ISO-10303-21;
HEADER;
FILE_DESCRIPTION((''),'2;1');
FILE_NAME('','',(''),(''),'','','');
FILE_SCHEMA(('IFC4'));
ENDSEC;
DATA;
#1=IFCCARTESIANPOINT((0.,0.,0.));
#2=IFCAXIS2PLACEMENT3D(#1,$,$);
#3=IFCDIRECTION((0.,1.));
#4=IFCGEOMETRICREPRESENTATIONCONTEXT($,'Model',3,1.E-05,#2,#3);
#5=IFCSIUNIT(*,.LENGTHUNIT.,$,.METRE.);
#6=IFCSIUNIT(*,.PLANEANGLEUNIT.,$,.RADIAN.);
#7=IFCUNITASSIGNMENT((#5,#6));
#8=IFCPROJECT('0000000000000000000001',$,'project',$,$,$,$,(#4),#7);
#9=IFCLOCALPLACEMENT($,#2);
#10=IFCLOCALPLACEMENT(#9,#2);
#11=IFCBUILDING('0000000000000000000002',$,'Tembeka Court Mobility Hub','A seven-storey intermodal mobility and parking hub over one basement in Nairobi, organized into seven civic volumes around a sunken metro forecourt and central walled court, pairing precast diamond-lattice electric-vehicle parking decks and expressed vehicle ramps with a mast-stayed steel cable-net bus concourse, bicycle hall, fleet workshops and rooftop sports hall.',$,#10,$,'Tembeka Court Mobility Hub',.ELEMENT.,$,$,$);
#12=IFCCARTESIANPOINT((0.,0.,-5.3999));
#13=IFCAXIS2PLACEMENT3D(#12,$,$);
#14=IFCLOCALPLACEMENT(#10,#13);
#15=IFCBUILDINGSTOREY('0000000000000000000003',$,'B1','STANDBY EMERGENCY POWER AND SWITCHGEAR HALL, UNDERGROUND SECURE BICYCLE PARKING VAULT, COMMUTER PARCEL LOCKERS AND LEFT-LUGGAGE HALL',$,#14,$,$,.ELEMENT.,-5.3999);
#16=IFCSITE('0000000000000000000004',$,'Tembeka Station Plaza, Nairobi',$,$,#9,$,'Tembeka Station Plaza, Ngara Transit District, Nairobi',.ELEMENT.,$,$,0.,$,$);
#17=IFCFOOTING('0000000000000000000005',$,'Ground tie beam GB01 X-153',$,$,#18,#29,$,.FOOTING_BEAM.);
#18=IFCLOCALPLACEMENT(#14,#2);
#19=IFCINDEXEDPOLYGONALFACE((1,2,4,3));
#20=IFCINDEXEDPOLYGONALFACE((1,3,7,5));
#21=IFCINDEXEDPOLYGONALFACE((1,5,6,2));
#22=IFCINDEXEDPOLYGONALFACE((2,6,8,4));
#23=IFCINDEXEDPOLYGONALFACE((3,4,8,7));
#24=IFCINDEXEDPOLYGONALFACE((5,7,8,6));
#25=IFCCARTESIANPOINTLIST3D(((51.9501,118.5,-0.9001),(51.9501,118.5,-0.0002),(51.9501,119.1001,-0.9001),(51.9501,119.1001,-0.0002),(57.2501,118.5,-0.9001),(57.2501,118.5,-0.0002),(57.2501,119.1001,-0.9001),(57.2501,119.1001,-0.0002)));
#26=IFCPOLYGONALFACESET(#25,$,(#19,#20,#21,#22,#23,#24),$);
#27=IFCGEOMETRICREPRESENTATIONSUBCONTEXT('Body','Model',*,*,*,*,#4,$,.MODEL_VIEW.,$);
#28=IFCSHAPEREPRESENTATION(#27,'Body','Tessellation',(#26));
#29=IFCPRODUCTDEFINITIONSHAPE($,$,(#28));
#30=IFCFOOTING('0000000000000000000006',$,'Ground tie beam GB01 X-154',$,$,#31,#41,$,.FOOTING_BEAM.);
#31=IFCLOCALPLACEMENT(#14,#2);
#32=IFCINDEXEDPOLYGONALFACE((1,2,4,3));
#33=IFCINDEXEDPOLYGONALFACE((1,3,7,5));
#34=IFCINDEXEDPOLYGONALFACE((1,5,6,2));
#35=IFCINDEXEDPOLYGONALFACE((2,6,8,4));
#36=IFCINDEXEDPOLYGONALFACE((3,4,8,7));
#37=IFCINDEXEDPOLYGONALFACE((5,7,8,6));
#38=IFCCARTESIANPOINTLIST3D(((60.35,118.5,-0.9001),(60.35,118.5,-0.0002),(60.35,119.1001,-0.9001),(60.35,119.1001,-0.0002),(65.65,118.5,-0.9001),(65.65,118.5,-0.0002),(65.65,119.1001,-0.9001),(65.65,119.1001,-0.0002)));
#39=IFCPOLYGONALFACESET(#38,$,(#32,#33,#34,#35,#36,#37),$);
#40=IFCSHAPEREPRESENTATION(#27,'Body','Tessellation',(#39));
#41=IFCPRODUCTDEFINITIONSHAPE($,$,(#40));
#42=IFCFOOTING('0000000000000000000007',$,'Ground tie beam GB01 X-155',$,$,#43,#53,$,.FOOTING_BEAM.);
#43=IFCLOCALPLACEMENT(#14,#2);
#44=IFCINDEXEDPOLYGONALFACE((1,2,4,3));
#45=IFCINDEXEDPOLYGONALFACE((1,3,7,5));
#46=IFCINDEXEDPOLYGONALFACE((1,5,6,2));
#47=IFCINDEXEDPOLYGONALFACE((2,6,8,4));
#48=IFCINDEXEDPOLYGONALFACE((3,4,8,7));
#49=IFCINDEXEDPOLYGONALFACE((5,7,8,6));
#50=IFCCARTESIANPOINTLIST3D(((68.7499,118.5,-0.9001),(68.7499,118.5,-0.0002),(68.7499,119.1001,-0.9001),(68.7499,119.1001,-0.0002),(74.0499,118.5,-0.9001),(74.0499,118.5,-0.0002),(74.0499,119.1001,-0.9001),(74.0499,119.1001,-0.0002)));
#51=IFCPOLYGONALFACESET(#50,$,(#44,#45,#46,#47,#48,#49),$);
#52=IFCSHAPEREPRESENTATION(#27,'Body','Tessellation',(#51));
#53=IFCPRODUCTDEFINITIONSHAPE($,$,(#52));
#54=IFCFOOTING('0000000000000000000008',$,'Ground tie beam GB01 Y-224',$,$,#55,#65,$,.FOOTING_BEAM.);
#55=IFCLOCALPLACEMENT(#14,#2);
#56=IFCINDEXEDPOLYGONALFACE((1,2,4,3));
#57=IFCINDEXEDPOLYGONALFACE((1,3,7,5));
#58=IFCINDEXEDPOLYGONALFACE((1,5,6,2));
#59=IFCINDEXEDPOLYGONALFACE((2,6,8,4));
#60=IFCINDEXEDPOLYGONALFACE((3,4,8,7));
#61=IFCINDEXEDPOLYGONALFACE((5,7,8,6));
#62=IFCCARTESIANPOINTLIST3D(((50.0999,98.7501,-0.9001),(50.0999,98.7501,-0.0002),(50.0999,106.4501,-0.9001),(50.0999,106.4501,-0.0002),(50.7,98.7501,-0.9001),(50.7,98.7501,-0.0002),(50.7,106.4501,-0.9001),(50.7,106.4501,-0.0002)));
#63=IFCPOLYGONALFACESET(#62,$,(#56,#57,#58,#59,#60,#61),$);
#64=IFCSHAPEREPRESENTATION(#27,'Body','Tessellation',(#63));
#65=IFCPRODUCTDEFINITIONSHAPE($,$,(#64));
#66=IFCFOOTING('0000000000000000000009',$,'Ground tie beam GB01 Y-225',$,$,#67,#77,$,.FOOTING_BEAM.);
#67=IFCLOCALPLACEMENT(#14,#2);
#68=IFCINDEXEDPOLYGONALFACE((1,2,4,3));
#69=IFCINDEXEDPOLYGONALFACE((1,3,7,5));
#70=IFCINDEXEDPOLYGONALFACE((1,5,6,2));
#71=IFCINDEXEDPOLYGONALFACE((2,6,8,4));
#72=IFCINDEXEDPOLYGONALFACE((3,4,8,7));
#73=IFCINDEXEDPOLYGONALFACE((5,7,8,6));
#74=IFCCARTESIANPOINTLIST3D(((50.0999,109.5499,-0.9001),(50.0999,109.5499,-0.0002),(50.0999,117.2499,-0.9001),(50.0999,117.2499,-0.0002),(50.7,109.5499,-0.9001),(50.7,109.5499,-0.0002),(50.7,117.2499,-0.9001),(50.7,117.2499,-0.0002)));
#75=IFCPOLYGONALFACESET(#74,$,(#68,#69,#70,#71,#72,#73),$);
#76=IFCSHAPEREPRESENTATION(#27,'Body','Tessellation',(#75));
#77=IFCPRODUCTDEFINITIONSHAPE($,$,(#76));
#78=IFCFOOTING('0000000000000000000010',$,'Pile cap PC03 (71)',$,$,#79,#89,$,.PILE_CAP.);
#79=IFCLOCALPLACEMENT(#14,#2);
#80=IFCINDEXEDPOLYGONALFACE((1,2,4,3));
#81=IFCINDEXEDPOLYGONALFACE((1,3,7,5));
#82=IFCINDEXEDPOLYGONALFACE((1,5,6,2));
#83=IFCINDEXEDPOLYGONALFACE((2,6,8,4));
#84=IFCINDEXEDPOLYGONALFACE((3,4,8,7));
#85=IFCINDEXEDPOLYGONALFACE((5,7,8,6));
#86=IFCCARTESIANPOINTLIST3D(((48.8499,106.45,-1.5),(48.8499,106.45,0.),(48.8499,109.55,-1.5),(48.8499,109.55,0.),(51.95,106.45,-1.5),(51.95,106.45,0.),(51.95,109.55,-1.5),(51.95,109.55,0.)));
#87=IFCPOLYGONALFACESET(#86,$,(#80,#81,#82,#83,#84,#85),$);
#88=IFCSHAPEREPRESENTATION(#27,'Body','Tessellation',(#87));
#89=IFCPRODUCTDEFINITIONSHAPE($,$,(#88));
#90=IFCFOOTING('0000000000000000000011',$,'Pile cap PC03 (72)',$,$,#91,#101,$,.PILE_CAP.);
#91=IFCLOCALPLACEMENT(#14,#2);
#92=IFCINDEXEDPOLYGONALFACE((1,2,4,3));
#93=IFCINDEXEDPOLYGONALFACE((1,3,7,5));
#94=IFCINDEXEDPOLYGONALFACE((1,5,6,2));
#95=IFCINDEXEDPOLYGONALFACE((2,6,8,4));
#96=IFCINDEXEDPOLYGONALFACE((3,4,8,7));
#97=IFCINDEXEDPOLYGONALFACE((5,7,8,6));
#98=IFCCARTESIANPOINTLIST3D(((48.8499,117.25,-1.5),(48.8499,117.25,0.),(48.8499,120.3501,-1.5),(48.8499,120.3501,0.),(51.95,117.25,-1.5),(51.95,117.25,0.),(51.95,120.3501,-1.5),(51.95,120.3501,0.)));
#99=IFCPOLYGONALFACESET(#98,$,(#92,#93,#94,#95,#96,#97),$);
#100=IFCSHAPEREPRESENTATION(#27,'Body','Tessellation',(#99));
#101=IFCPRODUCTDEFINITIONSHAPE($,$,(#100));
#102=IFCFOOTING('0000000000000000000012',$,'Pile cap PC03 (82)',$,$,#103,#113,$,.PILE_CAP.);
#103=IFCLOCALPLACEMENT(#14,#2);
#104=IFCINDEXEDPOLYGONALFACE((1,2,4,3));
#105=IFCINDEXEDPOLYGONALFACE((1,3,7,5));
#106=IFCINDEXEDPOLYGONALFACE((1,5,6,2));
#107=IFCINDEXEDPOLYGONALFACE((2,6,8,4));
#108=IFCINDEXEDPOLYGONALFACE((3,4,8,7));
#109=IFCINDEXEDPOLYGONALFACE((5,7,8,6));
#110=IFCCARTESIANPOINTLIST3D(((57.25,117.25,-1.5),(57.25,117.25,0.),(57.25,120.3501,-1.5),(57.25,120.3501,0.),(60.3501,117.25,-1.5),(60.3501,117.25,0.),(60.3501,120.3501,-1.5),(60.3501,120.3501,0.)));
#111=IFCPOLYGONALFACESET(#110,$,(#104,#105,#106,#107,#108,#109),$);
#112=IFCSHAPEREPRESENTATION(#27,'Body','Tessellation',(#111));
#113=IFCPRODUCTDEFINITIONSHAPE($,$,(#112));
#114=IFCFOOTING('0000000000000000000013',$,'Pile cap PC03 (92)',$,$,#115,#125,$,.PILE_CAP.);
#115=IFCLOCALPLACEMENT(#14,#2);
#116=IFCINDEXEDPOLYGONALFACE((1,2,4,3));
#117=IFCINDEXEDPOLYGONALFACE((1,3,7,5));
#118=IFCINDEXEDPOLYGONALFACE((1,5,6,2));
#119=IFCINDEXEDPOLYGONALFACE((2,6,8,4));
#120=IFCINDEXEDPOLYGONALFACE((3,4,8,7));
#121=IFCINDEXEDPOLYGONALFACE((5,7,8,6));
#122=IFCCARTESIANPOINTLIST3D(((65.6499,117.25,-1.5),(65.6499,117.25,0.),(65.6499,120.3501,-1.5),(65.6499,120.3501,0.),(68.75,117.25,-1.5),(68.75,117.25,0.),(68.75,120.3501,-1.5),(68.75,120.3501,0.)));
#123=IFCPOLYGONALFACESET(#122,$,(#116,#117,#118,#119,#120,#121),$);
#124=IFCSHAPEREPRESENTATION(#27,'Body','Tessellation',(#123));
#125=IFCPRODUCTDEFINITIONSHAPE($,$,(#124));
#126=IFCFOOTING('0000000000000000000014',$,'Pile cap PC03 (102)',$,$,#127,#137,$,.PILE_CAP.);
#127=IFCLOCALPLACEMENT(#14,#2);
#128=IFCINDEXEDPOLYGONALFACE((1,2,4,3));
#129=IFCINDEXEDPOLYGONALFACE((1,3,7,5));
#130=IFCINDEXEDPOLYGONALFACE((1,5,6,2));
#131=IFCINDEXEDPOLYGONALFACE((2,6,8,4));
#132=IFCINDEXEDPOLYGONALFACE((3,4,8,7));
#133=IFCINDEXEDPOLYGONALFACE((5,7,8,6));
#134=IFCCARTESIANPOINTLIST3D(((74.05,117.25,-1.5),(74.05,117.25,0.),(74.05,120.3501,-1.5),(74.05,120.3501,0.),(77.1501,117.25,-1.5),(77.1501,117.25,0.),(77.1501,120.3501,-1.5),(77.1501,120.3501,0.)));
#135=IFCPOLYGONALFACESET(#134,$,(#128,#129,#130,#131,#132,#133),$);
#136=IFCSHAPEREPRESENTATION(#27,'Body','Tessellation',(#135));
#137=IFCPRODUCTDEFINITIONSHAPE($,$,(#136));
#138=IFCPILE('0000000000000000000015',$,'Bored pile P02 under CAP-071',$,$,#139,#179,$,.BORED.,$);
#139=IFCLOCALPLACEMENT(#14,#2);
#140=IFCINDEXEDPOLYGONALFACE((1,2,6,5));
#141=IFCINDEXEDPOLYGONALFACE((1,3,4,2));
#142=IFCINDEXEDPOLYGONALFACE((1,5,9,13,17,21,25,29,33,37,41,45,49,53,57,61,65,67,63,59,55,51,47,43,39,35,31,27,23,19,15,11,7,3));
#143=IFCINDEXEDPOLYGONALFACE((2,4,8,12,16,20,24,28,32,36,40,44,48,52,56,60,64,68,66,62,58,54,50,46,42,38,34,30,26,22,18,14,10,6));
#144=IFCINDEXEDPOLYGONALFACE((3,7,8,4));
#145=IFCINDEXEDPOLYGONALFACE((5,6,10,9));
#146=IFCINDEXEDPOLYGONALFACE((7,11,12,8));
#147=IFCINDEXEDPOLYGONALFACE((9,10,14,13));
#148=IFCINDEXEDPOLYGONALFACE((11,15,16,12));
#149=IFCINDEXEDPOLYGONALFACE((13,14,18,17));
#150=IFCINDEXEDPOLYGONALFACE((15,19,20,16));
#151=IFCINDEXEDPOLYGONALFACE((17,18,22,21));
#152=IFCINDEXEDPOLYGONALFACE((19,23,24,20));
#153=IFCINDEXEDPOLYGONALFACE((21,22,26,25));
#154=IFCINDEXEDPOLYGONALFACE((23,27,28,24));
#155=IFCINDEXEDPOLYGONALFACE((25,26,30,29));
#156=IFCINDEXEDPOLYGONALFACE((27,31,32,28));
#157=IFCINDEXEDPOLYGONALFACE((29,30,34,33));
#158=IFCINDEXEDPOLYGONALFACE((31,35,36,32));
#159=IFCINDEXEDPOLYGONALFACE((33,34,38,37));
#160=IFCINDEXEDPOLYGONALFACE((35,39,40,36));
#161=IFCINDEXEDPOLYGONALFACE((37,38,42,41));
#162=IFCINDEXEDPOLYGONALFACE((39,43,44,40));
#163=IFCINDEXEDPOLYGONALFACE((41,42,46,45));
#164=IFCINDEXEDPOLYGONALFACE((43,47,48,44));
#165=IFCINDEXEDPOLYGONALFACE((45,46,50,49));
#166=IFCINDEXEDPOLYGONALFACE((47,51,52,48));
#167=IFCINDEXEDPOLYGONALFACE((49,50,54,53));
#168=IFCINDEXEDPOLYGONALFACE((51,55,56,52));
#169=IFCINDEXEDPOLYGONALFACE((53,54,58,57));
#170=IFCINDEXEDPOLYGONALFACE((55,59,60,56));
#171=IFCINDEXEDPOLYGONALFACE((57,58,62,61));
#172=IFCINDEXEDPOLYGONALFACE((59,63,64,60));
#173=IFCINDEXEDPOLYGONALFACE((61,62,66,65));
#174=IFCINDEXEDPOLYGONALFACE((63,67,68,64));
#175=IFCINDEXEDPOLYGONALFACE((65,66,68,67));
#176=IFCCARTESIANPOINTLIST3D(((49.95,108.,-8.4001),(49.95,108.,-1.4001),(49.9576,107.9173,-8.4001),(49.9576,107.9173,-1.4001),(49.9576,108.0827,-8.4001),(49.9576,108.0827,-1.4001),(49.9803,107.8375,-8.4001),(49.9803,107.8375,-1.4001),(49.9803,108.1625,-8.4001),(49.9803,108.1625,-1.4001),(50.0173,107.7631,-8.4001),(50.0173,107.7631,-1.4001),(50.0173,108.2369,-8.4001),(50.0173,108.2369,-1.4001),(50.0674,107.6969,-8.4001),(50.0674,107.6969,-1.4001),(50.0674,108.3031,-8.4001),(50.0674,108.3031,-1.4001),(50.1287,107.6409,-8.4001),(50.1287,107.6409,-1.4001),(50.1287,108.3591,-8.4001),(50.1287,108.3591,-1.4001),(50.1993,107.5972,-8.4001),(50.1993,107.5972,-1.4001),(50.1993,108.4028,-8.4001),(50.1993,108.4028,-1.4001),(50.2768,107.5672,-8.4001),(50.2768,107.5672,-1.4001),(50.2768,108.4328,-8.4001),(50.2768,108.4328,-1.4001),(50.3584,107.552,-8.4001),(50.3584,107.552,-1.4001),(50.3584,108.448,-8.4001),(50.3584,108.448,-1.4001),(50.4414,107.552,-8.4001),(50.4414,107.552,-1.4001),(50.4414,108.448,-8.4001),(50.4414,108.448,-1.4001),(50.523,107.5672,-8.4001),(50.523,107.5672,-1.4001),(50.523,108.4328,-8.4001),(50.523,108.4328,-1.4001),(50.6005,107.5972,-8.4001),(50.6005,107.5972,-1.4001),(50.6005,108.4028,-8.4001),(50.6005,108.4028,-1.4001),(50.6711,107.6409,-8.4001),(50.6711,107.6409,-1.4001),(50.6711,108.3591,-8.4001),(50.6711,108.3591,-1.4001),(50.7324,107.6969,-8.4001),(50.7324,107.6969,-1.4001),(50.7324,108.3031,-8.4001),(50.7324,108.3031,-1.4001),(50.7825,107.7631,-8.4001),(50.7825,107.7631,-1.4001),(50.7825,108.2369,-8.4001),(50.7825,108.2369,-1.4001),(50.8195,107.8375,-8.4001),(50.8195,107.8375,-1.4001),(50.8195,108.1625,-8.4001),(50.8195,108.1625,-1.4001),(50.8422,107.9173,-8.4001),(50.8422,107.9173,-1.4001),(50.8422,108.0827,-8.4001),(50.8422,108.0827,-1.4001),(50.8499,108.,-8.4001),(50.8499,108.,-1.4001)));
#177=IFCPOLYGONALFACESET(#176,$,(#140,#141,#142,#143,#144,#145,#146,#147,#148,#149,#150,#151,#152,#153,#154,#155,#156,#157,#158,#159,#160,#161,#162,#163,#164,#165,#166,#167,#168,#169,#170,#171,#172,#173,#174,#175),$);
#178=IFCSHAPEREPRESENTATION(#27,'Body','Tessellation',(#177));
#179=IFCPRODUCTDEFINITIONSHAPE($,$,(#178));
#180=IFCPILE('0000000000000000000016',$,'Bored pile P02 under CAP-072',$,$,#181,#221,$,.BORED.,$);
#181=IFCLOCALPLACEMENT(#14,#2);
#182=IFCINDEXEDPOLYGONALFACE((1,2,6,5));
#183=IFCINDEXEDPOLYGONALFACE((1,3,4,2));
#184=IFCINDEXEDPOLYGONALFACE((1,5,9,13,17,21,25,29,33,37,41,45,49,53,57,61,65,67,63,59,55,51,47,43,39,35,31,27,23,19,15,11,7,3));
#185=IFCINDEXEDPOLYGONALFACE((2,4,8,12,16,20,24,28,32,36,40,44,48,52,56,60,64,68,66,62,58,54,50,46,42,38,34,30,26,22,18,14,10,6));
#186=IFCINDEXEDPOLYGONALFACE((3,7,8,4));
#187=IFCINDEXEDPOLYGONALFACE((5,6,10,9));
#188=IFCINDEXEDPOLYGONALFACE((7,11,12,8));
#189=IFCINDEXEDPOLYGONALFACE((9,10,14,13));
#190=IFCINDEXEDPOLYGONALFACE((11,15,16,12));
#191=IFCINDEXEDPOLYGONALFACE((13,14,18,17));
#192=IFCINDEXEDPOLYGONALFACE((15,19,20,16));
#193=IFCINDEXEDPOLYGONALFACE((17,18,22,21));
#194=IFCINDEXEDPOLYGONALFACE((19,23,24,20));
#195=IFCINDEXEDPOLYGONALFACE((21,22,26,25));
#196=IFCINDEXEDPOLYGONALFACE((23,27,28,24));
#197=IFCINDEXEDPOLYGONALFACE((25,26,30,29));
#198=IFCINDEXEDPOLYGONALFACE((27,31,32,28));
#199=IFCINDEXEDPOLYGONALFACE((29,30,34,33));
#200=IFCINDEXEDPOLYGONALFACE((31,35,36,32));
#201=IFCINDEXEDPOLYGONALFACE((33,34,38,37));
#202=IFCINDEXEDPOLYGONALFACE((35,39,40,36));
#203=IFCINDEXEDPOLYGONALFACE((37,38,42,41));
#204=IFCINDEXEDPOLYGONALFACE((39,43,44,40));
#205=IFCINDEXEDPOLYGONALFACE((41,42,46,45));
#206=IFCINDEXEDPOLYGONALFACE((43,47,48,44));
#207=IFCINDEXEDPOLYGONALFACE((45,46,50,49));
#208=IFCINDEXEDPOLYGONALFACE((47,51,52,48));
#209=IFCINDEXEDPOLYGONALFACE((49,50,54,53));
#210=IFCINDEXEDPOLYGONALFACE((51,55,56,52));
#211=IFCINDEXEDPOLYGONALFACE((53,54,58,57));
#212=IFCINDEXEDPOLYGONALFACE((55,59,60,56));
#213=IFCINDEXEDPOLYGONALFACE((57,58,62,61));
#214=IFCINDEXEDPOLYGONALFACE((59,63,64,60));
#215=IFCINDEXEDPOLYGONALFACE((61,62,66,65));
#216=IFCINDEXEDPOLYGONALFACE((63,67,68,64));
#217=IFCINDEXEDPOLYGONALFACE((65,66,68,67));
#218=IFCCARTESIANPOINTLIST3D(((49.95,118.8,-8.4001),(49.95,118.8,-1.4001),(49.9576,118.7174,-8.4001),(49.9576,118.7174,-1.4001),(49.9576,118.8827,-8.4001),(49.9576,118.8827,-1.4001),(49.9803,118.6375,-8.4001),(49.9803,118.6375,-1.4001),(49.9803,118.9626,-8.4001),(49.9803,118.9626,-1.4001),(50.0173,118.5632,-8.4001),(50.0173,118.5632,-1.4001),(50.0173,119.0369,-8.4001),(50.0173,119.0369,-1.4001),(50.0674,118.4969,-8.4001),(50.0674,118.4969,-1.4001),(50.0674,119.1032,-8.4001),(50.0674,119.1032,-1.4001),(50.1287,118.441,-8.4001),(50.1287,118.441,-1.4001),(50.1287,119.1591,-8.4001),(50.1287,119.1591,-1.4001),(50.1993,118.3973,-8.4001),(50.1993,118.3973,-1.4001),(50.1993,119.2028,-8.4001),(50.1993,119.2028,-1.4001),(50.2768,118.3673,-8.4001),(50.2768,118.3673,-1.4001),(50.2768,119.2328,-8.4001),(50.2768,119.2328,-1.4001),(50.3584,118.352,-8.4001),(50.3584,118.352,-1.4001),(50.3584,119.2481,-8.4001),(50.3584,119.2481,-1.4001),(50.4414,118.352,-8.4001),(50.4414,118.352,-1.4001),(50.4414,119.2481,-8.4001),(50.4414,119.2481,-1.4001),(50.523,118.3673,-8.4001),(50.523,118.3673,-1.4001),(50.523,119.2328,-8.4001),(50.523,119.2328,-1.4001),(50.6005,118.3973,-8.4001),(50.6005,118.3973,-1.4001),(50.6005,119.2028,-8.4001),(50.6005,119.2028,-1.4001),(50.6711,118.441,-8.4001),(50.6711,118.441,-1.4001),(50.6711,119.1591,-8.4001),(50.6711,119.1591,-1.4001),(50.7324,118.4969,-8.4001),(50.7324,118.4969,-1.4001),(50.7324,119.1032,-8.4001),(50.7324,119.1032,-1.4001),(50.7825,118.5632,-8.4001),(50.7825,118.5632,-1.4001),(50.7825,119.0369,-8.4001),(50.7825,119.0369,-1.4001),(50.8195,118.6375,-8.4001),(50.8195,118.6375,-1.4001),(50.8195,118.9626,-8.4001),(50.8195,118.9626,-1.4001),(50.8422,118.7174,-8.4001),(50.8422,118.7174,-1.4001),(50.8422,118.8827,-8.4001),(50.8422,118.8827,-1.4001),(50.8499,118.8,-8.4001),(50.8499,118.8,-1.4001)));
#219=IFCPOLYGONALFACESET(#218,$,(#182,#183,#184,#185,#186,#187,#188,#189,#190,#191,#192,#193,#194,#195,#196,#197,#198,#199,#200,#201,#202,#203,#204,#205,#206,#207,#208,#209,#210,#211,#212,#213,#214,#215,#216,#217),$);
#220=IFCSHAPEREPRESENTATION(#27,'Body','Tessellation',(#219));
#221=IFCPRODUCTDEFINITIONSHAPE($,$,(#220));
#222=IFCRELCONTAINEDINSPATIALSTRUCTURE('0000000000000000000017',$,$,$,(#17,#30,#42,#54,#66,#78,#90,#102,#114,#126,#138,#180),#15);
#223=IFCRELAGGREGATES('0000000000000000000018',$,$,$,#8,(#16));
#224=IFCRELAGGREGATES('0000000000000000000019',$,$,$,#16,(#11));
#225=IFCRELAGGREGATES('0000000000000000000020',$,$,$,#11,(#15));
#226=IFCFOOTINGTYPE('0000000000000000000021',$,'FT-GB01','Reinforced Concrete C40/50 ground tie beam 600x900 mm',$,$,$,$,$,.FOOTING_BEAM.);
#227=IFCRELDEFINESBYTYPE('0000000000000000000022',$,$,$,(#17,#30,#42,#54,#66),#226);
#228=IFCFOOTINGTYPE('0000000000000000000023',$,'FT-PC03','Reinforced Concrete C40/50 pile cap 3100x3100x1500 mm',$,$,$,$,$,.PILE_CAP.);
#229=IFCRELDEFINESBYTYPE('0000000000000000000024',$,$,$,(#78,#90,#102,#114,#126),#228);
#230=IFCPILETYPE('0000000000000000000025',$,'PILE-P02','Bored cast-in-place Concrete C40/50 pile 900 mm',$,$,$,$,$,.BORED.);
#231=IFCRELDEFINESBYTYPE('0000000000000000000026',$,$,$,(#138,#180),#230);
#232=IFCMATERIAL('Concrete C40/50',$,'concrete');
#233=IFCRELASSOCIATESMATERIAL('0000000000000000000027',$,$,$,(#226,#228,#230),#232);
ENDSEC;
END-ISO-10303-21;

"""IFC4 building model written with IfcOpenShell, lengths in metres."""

from ifc_helpers import new_model, si_unit, direction, frame, origin, origin_2d, place, context, subcontext, project, spatial, rectangle, circle, extrude, material, material_profile, profile_set, type_object, element, save


model = new_model("IFC4")

# Units and contexts
model_context = context("Model", 3, precision=1e-05, world=origin(), true_north=direction((0.0, 1.0)))
body_context = subcontext(model_context, "Body", "Model", "MODEL_VIEW")
ifc_project = project(units=[si_unit("LENGTHUNIT", "METRE"), si_unit("PLANEANGLEUNIT", "RADIAN")], contexts=[model_context])

# Site, building, storey
site_placement = place(None, origin())
site = spatial("IfcSite", under=ifc_project, at=site_placement, Name="Tembeka Station Plaza, Nairobi", LongName="Tembeka Station Plaza, Ngara Transit District, Nairobi", CompositionType="ELEMENT", RefElevation=0.0)
building_placement = place(site_placement, origin())
building = spatial("IfcBuilding", under=site, at=building_placement, Name="Tembeka Court Mobility Hub", Description="A seven-storey intermodal mobility and parking hub over one basement in Nairobi, organized into seven civic volumes around a sunken metro forecourt and central walled court, pairing precast diamond-lattice electric-vehicle parking decks and expressed vehicle ramps with a mast-stayed steel cable-net bus concourse, bicycle hall, fleet workshops and rooftop sports hall.", LongName="Tembeka Court Mobility Hub", CompositionType="ELEMENT")
storey_placement = place(building_placement, frame((0.0, 0.0, -5.3999)))
storey = spatial("IfcBuildingStorey", under=building, at=storey_placement, Name="B1", Description="STANDBY EMERGENCY POWER AND SWITCHGEAR HALL, UNDERGROUND SECURE BICYCLE PARKING VAULT, COMMUTER PARCEL LOCKERS AND LEFT-LUGGAGE HALL", CompositionType="ELEMENT", Elevation=-5.3999)

# Footings
ifc_material_1 = material(Name="Concrete C40/50", Category="concrete")
footing_type_1 = type_object("IfcFootingType", Name="FT-GB01", Description="Reinforced Concrete C40/50 ground tie beam 600x900 mm", PredefinedType="FOOTING_BEAM", material=ifc_material_1)
for number, where, z_axis, x_axis, name in (
    (1, (54.6001, 118.8, -0.9001), (0.0, 0.0, 1.0), (1.0, 0.0, 0.0), "Ground tie beam GB01 X-153"),
    (2, (63.0, 118.8, -0.9001), (0.0, 0.0, 1.0), (1.0, 0.0, 0.0), "Ground tie beam GB01 X-154"),
    (3, (71.3999, 118.8, -0.9001), (0.0, 0.0, 1.0), (1.0, 0.0, 0.0), "Ground tie beam GB01 X-155"),
):
    element("IfcFooting", number, at=place(storey_placement, frame(where, z_axis=z_axis, x_axis=x_axis)), inside=storey, type_object=footing_type_1, Name=name, PredefinedType="FOOTING_BEAM", context=body_context, shape_type="SweptSolid", body=[
        extrude(rectangle(XDim=5.3, YDim=0.6001, at=origin_2d()), origin(), (0.0, 0.0, 1.0), 0.8999),
    ])
for number, where, z_axis, x_axis, name in (
    (4, (50.3999, 102.6001, -0.9001), (0.0, 0.0, 1.0), (0.0, 1.0, 0.0), "Ground tie beam GB01 Y-224"),
    (5, (50.3999, 113.3999, -0.9001), (0.0, 0.0, 1.0), (0.0, 1.0, 0.0), "Ground tie beam GB01 Y-225"),
):
    element("IfcFooting", number, at=place(storey_placement, frame(where, z_axis=z_axis, x_axis=x_axis)), inside=storey, type_object=footing_type_1, Name=name, PredefinedType="FOOTING_BEAM", context=body_context, shape_type="SweptSolid", body=[
        extrude(rectangle(XDim=7.7, YDim=0.6001, at=origin_2d()), origin(), (0.0, 0.0, 1.0), 0.8999),
    ])
footing_type_2 = type_object("IfcFootingType", Name="FT-PC03", Description="Reinforced Concrete C40/50 pile cap 3100x3100x1500 mm", PredefinedType="PILE_CAP", material=ifc_material_1)
for number, where, z_axis, x_axis, name in (
    (6, (50.3999, 108.0, -1.5), (0.0, 0.0, 1.0), (1.0, 0.0, 0.0), "Pile cap PC03 (71)"),
    (7, (50.3999, 118.8, -1.5), (0.0, 0.0, 1.0), (1.0, 0.0, 0.0), "Pile cap PC03 (72)"),
    (8, (58.8, 118.8, -1.5), (0.0, 0.0, 1.0), (1.0, 0.0, 0.0), "Pile cap PC03 (82)"),
    (9, (67.2, 118.8, -1.5), (0.0, 0.0, 1.0), (1.0, 0.0, 0.0), "Pile cap PC03 (92)"),
    (10, (75.6001, 118.8, -1.5), (0.0, 0.0, 1.0), (1.0, 0.0, 0.0), "Pile cap PC03 (102)"),
):
    element("IfcFooting", number, at=place(storey_placement, frame(where, z_axis=z_axis, x_axis=x_axis)), inside=storey, type_object=footing_type_2, Name=name, PredefinedType="PILE_CAP", context=body_context, shape_type="SweptSolid", body=[
        extrude(rectangle(XDim=3.1001, YDim=3.1001, at=origin_2d()), origin(), (0.0, 0.0, 1.0), 1.5),
    ])

# Piles
ifc_material_profile_1 = material_profile(ifc_material_1, circle(Radius=0.45, at=origin_2d()), Name="PILE D900")
ifc_profile_set_1 = profile_set([ifc_material_profile_1], Name="Concrete C40/50")
pile_type = type_object("IfcPileType", Name="PILE-P02", Description="Bored cast-in-place Concrete C40/50 pile 900 mm", PredefinedType="BORED", material=ifc_profile_set_1)
for number, where, z_axis, x_axis, name in (
    (11, (50.3999, 108.0, -1.4001), (0.0, 0.0, -1.0), (1.0, 0.0, 0.0), "Bored pile P02 under CAP-071"),
    (12, (50.3999, 118.8, -1.4001), (0.0, 0.0, -1.0), (1.0, 0.0, 0.0), "Bored pile P02 under CAP-072"),
):
    element("IfcPile", number, at=place(storey_placement, frame(where, z_axis=z_axis, x_axis=x_axis)), inside=storey, type_object=pile_type, Name=name, PredefinedType="BORED", context=body_context, shape_type="SweptSolid", body=[
        extrude(circle(Radius=0.45, at=origin_2d()), origin(), (0.0, 0.0, 1.0), 7.0),
    ])

save(model, "model.ifc")
